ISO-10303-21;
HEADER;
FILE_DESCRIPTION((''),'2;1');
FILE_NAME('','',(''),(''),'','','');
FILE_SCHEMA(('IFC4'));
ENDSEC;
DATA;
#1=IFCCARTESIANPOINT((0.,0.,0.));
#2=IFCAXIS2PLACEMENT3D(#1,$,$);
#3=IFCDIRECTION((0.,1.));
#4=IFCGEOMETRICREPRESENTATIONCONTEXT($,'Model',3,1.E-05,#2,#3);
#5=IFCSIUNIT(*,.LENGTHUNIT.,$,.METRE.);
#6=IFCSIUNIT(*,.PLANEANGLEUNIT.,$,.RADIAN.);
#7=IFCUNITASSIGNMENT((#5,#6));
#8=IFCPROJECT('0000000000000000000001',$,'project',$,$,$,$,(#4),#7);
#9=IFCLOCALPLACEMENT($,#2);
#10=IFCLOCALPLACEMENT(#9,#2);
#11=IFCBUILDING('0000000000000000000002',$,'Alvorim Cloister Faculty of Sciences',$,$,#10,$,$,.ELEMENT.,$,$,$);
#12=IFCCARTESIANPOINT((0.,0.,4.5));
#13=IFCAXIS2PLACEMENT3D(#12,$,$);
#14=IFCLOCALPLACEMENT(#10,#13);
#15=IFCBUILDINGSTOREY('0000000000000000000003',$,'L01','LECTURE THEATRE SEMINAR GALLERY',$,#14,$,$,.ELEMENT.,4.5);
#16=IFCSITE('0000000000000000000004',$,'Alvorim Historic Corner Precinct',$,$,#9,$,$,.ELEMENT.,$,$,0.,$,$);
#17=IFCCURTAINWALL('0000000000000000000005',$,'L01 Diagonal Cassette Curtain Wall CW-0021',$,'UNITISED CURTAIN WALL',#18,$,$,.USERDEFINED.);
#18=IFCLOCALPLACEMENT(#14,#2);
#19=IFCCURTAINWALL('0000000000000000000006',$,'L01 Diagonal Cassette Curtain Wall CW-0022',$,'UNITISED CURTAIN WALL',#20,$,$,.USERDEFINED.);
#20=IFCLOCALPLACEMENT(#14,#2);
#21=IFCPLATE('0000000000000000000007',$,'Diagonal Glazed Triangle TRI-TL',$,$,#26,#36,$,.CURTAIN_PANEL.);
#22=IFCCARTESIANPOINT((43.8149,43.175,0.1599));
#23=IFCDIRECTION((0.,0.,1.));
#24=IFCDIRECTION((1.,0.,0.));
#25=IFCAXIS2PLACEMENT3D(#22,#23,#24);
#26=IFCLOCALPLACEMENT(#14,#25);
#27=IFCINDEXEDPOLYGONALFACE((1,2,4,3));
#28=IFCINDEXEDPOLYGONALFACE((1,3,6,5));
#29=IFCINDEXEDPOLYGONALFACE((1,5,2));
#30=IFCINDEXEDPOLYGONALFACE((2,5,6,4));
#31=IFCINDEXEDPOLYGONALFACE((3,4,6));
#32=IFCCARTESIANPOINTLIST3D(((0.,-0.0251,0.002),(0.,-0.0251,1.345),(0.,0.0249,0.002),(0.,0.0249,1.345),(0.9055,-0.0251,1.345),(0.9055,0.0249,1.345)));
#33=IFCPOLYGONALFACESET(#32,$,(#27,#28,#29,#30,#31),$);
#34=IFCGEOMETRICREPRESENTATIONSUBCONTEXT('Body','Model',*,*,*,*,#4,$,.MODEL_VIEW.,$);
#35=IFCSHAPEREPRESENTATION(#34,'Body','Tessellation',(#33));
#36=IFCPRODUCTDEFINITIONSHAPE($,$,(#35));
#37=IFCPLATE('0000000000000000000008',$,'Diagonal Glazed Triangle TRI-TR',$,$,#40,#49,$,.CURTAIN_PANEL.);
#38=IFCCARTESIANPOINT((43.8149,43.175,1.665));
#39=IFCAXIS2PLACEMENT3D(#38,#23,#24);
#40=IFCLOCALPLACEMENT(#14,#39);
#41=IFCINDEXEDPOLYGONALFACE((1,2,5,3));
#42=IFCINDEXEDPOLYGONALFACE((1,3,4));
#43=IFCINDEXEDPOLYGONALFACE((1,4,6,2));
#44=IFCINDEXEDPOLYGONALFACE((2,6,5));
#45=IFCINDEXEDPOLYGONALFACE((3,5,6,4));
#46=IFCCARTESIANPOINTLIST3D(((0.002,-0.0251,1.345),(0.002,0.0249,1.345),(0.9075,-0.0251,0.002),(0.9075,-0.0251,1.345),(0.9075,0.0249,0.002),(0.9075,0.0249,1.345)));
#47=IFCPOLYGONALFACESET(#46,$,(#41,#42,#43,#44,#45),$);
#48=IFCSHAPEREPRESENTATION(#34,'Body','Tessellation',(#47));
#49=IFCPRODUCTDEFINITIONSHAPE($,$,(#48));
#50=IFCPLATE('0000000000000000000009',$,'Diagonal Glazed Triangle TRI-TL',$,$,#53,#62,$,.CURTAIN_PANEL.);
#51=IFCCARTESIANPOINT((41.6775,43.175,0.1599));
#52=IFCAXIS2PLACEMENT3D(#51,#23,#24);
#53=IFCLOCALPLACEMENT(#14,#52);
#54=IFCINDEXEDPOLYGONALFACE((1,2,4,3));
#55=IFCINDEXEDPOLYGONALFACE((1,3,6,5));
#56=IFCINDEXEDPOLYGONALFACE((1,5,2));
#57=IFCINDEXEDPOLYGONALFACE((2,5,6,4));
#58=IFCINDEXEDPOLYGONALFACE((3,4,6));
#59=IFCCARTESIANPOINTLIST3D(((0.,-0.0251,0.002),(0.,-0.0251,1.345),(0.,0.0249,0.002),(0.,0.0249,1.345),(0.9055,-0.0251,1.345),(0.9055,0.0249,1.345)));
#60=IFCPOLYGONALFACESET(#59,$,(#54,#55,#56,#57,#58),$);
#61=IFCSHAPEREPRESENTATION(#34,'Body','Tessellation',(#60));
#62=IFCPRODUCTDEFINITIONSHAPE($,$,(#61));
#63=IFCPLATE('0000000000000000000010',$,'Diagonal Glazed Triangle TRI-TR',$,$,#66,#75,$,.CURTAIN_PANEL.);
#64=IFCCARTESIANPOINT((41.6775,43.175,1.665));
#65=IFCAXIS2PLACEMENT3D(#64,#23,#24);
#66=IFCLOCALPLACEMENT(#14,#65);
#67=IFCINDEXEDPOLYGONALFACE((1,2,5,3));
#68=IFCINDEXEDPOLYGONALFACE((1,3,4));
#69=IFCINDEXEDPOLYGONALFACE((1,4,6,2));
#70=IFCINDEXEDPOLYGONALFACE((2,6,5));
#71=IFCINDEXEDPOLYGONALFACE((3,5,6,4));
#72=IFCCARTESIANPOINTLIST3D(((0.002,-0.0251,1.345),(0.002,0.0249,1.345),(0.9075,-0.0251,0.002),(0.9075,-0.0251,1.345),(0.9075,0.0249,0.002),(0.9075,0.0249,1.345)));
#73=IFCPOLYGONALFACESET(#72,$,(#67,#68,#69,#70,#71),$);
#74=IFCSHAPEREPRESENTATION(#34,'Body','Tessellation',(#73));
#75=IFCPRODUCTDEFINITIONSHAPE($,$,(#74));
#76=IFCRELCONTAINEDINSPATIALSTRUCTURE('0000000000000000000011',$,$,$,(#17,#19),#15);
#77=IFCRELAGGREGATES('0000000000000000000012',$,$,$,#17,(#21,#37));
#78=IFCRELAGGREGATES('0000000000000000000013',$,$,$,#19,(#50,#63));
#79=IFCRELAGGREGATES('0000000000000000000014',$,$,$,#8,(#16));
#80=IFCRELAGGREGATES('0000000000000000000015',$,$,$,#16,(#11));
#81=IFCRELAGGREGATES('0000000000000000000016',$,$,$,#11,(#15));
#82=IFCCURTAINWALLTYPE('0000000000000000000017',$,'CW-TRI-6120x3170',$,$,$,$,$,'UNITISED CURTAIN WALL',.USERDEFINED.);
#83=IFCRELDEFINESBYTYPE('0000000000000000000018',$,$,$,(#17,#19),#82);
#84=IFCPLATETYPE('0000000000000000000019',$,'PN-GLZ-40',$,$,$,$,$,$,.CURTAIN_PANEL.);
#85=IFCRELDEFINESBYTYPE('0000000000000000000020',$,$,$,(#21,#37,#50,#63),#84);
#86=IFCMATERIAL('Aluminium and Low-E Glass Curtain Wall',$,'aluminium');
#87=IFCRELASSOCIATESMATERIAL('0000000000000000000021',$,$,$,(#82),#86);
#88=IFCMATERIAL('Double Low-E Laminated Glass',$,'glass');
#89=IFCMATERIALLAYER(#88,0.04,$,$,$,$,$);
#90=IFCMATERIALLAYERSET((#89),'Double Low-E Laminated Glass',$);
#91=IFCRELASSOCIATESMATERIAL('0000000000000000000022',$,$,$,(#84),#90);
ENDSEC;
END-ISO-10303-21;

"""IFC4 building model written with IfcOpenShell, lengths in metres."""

from ifc_helpers import new_model, si_unit, direction, frame, origin, place, context, subcontext, project, spatial, polyline, outline, extrude, material, layer, layer_set, type_object, element, aggregate, save


model = new_model("IFC4")

# Units and contexts
model_context = context("Model", 3, precision=1e-05, world=origin(), true_north=direction((0.0, 1.0)))
body_context = subcontext(model_context, "Body", "Model", "MODEL_VIEW")
ifc_project = project(units=[si_unit("LENGTHUNIT", "METRE"), si_unit("PLANEANGLEUNIT", "RADIAN")], contexts=[model_context])

# Site, building, storey
site_placement = place(None, origin())
site = spatial("IfcSite", under=ifc_project, at=site_placement, Name="Alvorim Historic Corner Precinct", CompositionType="ELEMENT", RefElevation=0.0)
building_placement = place(site_placement, origin())
building = spatial("IfcBuilding", under=site, at=building_placement, Name="Alvorim Cloister Faculty of Sciences", CompositionType="ELEMENT")
storey_placement = place(building_placement, frame((0.0, 0.0, 4.5)))
storey = spatial("IfcBuildingStorey", under=building, at=storey_placement, Name="L01", Description="LECTURE THEATRE SEMINAR GALLERY", CompositionType="ELEMENT", Elevation=4.5)

# Curtain wall
ifc_material_1 = material(Name="Aluminium and Low-E Glass Curtain Wall", Category="aluminium")
curtain_wall_type = type_object("IfcCurtainWallType", Name="CW-TRI-6120x3170", ElementType="UNITISED CURTAIN WALL", PredefinedType="USERDEFINED", material=ifc_material_1)
curtain_wall_1_placement = place(storey_placement, origin())
curtain_wall_1 = element("IfcCurtainWall", 1, at=curtain_wall_1_placement, inside=storey, type_object=curtain_wall_type, Name="L01 Diagonal Cassette Curtain Wall CW-0021", ObjectType="UNITISED CURTAIN WALL", PredefinedType="USERDEFINED")

# Curtain wall
curtain_wall_2_placement = place(storey_placement, origin())
curtain_wall_2 = element("IfcCurtainWall", 2, at=curtain_wall_2_placement, inside=storey, type_object=curtain_wall_type, Name="L01 Diagonal Cassette Curtain Wall CW-0022", ObjectType="UNITISED CURTAIN WALL", PredefinedType="USERDEFINED")

# Plates
ifc_material_2 = material(Name="Double Low-E Laminated Glass", Category="glass")
ifc_layer_1 = layer(ifc_material_2, 0.04)
ifc_layer_set_1 = layer_set([ifc_layer_1], Name="Double Low-E Laminated Glass")
plate_type_1 = type_object("IfcPlateType", Name="PN-GLZ-40", PredefinedType="CURTAIN_PANEL", material=ifc_layer_set_1)
plate_1_placement = place(storey_placement, frame((43.8149, 43.175, 0.1599), z_axis=(0.0, 0.0, 1.0), x_axis=(1.0, 0.0, 0.0)))
plate_1 = element("IfcPlate", 3, at=plate_1_placement, type_object=plate_type_1, Name="Diagonal Glazed Triangle TRI-TL", PredefinedType="CURTAIN_PANEL", context=body_context, shape_type="SweptSolid", body=[
    extrude(outline(polyline([(0.9055, 1.345), (0.0, 1.345), (0.0, 0.002), (0.9055, 1.345)])), frame((0.0, 0.0249, 0.0), z_axis=(0.0, -1.0, 0.0), x_axis=(1.0, 0.0, 0.0)), (0.0, 0.0, 1.0), 0.05),
])
plate_2_placement = place(storey_placement, frame((43.8149, 43.175, 1.665), z_axis=(0.0, 0.0, 1.0), x_axis=(1.0, 0.0, 0.0)))
plate_2 = element("IfcPlate", 4, at=plate_2_placement, type_object=plate_type_1, Name="Diagonal Glazed Triangle TRI-TR", PredefinedType="CURTAIN_PANEL", context=body_context, shape_type="SweptSolid", body=[
    extrude(outline(polyline([(0.9075, 0.002), (0.9075, 1.345), (0.002, 1.345), (0.9075, 0.002)])), frame((0.0, 0.0249, 0.0), z_axis=(0.0, -1.0, 0.0), x_axis=(1.0, 0.0, 0.0)), (0.0, 0.0, 1.0), 0.05),
])
aggregate(curtain_wall_1, [plate_1, plate_2])
plate_3_placement = place(storey_placement, frame((41.6775, 43.175, 0.1599), z_axis=(0.0, 0.0, 1.0), x_axis=(1.0, 0.0, 0.0)))
plate_3 = element("IfcPlate", 5, at=plate_3_placement, type_object=plate_type_1, Name="Diagonal Glazed Triangle TRI-TL", PredefinedType="CURTAIN_PANEL", context=body_context, shape_type="SweptSolid", body=[
    extrude(outline(polyline([(0.9055, 1.345), (0.0, 1.345), (0.0, 0.002), (0.9055, 1.345)])), frame((0.0, 0.0249, 0.0), z_axis=(0.0, -1.0, 0.0), x_axis=(1.0, 0.0, 0.0)), (0.0, 0.0, 1.0), 0.05),
])
plate_4_placement = place(storey_placement, frame((41.6775, 43.175, 1.665), z_axis=(0.0, 0.0, 1.0), x_axis=(1.0, 0.0, 0.0)))
plate_4 = element("IfcPlate", 6, at=plate_4_placement, type_object=plate_type_1, Name="Diagonal Glazed Triangle TRI-TR", PredefinedType="CURTAIN_PANEL", context=body_context, shape_type="SweptSolid", body=[
    extrude(outline(polyline([(0.9075, 0.002), (0.9075, 1.345), (0.002, 1.345), (0.9075, 0.002)])), frame((0.0, 0.0249, 0.0), z_axis=(0.0, -1.0, 0.0), x_axis=(1.0, 0.0, 0.0)), (0.0, 0.0, 1.0), 0.05),
])
aggregate(curtain_wall_2, [plate_3, plate_4])

save(model, "model.ifc")
